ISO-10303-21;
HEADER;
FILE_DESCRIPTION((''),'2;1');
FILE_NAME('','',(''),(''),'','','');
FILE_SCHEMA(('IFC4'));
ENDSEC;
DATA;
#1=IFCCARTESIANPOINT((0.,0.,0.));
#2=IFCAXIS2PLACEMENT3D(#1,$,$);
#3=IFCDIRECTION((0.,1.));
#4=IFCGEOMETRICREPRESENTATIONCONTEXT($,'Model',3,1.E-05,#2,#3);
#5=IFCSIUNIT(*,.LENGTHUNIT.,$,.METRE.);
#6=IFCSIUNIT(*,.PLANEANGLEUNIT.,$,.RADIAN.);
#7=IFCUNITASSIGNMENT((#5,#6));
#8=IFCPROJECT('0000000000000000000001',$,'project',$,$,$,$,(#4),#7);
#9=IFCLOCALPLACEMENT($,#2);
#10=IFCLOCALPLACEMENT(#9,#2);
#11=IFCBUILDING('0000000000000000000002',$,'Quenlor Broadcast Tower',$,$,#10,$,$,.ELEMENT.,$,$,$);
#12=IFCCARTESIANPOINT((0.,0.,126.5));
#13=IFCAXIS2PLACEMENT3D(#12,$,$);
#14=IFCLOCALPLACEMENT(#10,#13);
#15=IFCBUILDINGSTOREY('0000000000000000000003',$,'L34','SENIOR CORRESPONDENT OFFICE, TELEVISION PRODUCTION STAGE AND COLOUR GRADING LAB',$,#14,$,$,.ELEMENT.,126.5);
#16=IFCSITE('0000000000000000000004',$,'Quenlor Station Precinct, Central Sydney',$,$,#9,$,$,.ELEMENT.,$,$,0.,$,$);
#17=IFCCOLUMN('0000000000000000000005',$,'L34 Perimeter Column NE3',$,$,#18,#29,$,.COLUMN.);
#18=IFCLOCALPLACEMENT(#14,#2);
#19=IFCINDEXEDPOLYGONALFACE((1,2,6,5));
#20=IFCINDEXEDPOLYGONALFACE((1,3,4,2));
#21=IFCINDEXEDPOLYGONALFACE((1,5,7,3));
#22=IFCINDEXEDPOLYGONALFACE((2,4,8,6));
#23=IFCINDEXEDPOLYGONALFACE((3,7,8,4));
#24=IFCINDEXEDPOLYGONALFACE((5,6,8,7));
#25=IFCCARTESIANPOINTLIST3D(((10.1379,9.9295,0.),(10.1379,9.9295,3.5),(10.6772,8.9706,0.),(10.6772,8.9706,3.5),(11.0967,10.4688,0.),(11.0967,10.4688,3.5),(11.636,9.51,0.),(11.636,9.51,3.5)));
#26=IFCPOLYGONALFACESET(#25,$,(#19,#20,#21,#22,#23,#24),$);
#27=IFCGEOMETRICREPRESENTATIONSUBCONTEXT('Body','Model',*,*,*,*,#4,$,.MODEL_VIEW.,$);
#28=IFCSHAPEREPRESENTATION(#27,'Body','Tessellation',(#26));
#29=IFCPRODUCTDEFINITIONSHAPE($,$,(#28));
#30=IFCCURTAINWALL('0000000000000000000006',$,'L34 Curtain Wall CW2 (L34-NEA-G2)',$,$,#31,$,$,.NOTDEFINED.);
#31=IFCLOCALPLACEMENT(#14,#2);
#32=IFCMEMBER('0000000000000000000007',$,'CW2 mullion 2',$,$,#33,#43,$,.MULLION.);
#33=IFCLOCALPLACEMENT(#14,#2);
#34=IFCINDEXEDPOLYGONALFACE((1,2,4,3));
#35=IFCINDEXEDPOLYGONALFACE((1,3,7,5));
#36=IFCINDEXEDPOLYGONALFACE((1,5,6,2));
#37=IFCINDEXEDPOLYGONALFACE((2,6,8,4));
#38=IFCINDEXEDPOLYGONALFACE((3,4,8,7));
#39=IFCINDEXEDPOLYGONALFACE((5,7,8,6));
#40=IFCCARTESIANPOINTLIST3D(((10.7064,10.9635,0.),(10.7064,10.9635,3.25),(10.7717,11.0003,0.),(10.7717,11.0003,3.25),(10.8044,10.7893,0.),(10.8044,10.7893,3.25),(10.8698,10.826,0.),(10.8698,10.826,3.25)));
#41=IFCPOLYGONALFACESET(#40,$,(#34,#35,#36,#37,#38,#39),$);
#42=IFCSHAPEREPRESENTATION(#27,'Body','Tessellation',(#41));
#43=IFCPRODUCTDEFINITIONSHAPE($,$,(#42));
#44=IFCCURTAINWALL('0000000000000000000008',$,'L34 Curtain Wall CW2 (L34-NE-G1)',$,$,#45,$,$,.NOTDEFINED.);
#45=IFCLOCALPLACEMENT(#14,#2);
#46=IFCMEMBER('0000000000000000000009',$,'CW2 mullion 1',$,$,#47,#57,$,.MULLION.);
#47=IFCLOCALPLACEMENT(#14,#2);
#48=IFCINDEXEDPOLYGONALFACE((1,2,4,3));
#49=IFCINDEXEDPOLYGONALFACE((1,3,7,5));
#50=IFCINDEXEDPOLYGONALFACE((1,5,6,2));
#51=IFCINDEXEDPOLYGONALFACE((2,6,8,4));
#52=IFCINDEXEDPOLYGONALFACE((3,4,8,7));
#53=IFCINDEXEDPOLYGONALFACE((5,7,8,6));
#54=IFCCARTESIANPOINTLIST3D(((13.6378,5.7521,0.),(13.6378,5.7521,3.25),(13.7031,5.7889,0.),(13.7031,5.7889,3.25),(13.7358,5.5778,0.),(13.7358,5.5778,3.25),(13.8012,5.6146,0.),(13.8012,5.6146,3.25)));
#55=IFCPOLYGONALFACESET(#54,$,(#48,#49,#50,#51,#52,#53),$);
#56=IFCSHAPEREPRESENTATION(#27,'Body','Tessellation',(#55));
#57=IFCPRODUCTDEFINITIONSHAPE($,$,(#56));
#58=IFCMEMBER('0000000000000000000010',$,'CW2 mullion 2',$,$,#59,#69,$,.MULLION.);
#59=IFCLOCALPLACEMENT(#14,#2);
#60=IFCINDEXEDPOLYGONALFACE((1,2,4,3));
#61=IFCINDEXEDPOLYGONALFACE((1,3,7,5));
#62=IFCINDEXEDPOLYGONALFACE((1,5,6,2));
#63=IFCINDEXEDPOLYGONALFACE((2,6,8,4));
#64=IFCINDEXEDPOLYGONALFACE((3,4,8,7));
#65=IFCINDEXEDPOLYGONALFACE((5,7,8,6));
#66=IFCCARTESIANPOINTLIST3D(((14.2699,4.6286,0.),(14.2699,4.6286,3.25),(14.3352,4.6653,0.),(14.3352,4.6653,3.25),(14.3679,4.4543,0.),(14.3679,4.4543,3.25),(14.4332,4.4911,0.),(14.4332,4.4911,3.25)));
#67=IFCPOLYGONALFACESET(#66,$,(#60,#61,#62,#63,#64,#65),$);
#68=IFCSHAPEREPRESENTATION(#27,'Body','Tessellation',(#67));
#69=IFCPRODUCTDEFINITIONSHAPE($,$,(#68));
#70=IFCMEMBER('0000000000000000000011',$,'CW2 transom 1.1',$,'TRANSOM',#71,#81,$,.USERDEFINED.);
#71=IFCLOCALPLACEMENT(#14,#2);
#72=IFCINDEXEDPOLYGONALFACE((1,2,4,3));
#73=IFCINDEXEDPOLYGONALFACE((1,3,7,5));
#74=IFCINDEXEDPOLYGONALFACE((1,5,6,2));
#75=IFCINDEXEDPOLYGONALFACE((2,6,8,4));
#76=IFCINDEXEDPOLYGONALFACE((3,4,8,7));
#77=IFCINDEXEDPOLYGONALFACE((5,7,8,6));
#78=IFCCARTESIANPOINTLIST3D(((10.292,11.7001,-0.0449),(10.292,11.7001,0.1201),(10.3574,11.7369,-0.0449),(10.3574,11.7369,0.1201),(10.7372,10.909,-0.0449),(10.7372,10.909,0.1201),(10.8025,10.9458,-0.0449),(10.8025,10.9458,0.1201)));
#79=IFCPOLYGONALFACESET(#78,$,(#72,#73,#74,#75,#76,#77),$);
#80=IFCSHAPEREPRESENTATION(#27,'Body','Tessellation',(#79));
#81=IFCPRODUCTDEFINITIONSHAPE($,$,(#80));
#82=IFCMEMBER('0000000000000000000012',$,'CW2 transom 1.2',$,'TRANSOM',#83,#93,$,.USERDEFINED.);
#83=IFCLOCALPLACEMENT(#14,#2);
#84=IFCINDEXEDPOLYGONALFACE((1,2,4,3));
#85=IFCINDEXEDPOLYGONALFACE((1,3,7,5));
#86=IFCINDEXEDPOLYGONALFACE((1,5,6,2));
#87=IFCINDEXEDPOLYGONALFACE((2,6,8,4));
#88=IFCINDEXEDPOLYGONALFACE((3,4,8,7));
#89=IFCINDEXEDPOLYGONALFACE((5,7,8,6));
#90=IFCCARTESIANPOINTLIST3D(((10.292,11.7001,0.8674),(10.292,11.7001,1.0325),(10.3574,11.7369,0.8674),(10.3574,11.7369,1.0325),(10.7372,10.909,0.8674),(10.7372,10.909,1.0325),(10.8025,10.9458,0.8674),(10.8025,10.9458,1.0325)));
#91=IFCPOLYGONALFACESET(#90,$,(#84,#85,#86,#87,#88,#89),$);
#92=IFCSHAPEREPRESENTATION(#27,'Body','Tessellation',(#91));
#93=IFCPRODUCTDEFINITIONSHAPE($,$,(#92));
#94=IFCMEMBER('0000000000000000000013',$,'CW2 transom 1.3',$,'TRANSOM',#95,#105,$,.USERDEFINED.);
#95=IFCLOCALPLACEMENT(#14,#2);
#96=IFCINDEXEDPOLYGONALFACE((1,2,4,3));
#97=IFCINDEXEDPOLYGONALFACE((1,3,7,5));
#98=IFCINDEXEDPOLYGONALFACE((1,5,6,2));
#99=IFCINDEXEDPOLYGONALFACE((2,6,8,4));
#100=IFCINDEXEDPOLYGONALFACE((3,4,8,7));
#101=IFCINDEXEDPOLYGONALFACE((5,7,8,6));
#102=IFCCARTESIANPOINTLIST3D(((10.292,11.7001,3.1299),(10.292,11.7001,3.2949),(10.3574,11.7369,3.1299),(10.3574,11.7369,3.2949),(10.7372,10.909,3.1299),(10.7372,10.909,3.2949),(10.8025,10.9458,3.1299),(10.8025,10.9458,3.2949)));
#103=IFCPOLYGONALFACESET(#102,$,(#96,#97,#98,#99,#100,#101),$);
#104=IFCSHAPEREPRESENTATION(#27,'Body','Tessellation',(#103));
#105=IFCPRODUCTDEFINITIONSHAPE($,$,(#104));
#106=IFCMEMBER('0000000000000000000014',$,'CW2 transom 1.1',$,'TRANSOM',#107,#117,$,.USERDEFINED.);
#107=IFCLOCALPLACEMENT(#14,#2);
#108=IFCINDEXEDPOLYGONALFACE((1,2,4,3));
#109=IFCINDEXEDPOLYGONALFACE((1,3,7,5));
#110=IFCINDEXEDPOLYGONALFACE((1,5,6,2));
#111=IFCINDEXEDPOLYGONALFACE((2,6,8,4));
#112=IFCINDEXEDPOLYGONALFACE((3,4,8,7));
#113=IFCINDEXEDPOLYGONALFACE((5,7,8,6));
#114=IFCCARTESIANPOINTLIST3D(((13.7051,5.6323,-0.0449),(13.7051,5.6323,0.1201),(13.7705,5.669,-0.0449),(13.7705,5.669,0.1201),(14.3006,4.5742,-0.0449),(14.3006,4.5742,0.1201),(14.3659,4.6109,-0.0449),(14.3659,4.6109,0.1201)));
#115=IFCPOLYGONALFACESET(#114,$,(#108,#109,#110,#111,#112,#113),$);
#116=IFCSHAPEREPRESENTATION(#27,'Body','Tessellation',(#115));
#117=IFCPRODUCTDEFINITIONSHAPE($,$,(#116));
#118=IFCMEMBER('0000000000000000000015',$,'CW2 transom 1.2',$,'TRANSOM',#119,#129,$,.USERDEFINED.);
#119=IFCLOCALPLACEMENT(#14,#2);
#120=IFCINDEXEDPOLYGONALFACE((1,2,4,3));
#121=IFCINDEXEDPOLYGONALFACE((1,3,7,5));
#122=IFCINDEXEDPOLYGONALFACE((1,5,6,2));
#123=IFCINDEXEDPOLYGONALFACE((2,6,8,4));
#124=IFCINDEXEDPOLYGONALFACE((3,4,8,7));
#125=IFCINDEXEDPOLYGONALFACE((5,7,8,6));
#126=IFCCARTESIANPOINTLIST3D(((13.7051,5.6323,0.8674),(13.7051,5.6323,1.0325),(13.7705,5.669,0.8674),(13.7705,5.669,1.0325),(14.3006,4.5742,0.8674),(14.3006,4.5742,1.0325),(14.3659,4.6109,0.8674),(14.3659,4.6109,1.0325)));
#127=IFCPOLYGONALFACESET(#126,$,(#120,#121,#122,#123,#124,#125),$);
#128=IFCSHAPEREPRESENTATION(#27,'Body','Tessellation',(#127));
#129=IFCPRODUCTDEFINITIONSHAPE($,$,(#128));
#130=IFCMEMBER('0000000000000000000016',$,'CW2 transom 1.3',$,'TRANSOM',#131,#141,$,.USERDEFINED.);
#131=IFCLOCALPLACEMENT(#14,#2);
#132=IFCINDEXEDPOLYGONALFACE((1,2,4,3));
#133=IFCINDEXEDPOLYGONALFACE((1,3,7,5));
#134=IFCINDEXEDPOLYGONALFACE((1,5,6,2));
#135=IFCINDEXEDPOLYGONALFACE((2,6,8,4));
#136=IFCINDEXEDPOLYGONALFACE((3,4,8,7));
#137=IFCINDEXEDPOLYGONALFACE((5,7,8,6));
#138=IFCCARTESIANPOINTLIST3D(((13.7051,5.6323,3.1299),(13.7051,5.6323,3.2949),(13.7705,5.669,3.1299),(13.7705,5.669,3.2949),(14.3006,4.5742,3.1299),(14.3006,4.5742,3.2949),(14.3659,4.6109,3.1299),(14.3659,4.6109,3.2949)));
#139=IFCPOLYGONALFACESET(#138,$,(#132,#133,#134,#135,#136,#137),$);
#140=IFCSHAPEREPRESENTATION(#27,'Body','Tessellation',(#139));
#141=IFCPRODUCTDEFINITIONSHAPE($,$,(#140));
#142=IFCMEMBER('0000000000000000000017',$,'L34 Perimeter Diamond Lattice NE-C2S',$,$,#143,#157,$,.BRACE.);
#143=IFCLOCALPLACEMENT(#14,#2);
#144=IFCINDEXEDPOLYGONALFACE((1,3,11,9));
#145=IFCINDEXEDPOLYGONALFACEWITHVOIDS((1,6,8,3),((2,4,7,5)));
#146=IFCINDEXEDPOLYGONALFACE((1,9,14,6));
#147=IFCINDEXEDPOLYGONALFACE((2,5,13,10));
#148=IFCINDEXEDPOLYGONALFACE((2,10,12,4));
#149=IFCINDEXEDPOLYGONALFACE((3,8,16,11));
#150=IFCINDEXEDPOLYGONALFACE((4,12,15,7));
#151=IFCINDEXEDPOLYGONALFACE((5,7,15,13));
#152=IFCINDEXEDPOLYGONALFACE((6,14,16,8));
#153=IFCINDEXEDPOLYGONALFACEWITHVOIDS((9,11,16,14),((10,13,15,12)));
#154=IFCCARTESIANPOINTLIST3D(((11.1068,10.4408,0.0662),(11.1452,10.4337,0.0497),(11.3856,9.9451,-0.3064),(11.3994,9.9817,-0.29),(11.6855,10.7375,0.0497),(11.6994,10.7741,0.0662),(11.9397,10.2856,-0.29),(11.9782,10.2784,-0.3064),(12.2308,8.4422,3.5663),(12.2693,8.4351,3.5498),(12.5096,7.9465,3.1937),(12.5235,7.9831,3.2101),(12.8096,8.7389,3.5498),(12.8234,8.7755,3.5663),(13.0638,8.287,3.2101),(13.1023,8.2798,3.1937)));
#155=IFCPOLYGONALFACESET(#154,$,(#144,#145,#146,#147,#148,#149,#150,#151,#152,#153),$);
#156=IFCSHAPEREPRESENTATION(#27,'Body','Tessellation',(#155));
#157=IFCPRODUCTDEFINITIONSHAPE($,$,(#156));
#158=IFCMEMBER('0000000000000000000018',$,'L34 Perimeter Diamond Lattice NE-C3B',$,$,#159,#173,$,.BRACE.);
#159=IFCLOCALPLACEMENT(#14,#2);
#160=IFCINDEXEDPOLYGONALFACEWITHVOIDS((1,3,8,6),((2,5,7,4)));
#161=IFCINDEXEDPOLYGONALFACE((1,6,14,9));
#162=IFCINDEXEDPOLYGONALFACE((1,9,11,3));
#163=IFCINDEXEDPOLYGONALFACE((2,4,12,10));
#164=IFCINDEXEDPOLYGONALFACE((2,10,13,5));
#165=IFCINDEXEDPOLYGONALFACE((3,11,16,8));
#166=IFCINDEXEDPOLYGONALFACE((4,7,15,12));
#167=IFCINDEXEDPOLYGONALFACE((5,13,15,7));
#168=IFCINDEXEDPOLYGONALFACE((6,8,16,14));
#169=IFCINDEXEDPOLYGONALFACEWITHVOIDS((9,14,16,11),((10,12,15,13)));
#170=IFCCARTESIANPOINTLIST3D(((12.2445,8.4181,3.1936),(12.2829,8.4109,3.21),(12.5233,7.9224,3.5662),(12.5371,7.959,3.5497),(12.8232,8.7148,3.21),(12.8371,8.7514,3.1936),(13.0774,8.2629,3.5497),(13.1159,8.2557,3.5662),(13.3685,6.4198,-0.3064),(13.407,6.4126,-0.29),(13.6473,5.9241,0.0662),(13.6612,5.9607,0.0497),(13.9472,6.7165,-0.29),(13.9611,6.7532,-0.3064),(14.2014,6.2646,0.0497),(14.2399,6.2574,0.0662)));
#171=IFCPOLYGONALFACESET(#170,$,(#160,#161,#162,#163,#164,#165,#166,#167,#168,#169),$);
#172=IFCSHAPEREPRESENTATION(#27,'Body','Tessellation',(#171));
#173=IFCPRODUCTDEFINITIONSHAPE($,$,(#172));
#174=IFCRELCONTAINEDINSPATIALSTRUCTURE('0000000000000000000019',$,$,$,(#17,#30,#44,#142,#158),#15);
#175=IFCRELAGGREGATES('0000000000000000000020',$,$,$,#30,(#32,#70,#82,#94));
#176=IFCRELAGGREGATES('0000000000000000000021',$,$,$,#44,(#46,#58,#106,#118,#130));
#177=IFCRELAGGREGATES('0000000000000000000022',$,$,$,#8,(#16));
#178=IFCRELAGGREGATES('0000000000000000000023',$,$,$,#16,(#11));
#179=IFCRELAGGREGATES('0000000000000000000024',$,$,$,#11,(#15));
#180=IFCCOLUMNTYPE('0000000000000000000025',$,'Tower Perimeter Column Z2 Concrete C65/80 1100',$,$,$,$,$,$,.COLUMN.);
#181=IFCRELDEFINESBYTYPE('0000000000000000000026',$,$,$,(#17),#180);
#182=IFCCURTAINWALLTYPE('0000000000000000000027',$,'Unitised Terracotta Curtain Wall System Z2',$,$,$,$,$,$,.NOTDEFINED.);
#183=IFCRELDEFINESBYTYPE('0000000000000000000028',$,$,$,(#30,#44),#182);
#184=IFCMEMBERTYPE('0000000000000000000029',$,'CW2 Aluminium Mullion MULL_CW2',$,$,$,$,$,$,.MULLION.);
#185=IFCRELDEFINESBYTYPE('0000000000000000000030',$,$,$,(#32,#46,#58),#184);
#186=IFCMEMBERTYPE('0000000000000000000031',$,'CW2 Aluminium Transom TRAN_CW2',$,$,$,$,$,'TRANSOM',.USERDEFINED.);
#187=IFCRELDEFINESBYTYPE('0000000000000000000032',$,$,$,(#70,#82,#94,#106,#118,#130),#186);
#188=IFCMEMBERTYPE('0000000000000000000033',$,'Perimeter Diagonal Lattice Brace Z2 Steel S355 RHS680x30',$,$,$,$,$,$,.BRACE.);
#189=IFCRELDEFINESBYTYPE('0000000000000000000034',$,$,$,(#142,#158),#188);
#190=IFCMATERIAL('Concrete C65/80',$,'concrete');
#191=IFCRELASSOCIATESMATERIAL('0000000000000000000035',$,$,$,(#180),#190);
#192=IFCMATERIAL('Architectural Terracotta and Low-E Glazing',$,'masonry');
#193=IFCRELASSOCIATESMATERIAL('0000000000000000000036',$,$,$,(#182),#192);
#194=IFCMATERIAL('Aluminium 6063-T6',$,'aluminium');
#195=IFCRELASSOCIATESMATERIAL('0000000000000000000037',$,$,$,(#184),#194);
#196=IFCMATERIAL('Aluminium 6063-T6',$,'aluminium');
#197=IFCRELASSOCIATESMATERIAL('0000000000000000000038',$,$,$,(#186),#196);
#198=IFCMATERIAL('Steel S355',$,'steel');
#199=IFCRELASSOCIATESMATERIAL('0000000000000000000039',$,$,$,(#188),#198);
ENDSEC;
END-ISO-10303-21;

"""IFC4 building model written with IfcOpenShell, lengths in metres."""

from ifc_helpers import new_model, si_unit, direction, frame, origin, origin_2d, place, context, subcontext, project, spatial, rectangle, hollow_rectangle, extrude, material, material_profile, profile_set, type_object, element, aggregate, save


model = new_model("IFC4")

# Units and contexts
model_context = context("Model", 3, precision=1e-05, world=origin(), true_north=direction((0.0, 1.0)))
body_context = subcontext(model_context, "Body", "Model", "MODEL_VIEW")
ifc_project = project(units=[si_unit("LENGTHUNIT", "METRE"), si_unit("PLANEANGLEUNIT", "RADIAN")], contexts=[model_context])

# Site, building, storey
site_placement = place(None, origin())
site = spatial("IfcSite", under=ifc_project, at=site_placement, Name="Quenlor Station Precinct, Central Sydney", CompositionType="ELEMENT", RefElevation=0.0)
building_placement = place(site_placement, origin())
building = spatial("IfcBuilding", under=site, at=building_placement, Name="Quenlor Broadcast Tower", CompositionType="ELEMENT")
storey_placement = place(building_placement, frame((0.0, 0.0, 126.5)))
storey = spatial("IfcBuildingStorey", under=building, at=storey_placement, Name="L34", Description="SENIOR CORRESPONDENT OFFICE, TELEVISION PRODUCTION STAGE AND COLOUR GRADING LAB", CompositionType="ELEMENT", Elevation=126.5)

# Column
ifc_material_1 = material(Name="Concrete C65/80", Category="concrete")
ifc_material_profile_1 = material_profile(ifc_material_1, rectangle(XDim=1.1001, YDim=1.1001, at=origin_2d()))
ifc_profile_set_1 = profile_set([ifc_material_profile_1], Name="Concrete C65/80 RC1100x1100")
column_type = type_object("IfcColumnType", Name="Tower Perimeter Column Z2 Concrete C65/80 1100", PredefinedType="COLUMN", material=ifc_profile_set_1)
column_placement = place(storey_placement, frame((10.887, 9.7197, 0.0), z_axis=(0.0, 0.0, 1.0), x_axis=(0.871575, 0.490262, 0.0)))
element("IfcColumn", 1, at=column_placement, inside=storey, type_object=column_type, Name="L34 Perimeter Column NE3", PredefinedType="COLUMN", context=body_context, shape_type="SweptSolid", body=[
    extrude(rectangle(XDim=1.1001, YDim=1.1001, at=origin_2d()), origin(), (0.0, 0.0, 1.0), 3.5),
])

# Curtain wall, member
ifc_material_2 = material(Name="Architectural Terracotta and Low-E Glazing", Category="masonry")
curtain_wall_type = type_object("IfcCurtainWallType", Name="Unitised Terracotta Curtain Wall System Z2", PredefinedType="NOTDEFINED", material=ifc_material_2)
curtain_wall_1_placement = place(storey_placement, origin())
curtain_wall_1 = element("IfcCurtainWall", 2, at=curtain_wall_1_placement, inside=storey, type_object=curtain_wall_type, Name="L34 Curtain Wall CW2 (L34-NEA-G2)", PredefinedType="NOTDEFINED")
ifc_material_3 = material(Name="Aluminium 6063-T6", Category="aluminium")
ifc_material_profile_2 = material_profile(ifc_material_3, rectangle(XDim=0.075, YDim=0.2, at=origin_2d()))
ifc_profile_set_2 = profile_set([ifc_material_profile_2], Name="Aluminium 6063-T6 MULL75x200")
member_type_1 = type_object("IfcMemberType", Name="CW2 Aluminium Mullion MULL_CW2", PredefinedType="MULLION", material=ifc_profile_set_2)
member_1_placement = place(storey_placement, frame((10.7881, 10.8948, 0.0), z_axis=(0.0, 0.0, 1.0), x_axis=(0.871581, 0.490252, 0.0)))
member_1 = element("IfcMember", 3, at=member_1_placement, type_object=member_type_1, Name="CW2 mullion 2", PredefinedType="MULLION", context=body_context, shape_type="SweptSolid", body=[
    extrude(rectangle(XDim=0.075, YDim=0.2, at=origin_2d()), origin(), (0.0, 0.0, 1.0), 3.25),
])

# Curtain wall, members
curtain_wall_2_placement = place(storey_placement, origin())
curtain_wall_2 = element("IfcCurtainWall", 4, at=curtain_wall_2_placement, inside=storey, type_object=curtain_wall_type, Name="L34 Curtain Wall CW2 (L34-NE-G1)", PredefinedType="NOTDEFINED")
member_2_placement = place(storey_placement, frame((13.7195, 5.6833, 0.0), z_axis=(0.0, 0.0, 1.0), x_axis=(0.871579, 0.490254, 0.0)))
member_2 = element("IfcMember", 5, at=member_2_placement, type_object=member_type_1, Name="CW2 mullion 1", PredefinedType="MULLION", context=body_context, shape_type="SweptSolid", body=[
    extrude(rectangle(XDim=0.075, YDim=0.2, at=origin_2d()), origin(), (0.0, 0.0, 1.0), 3.25),
])
member_3_placement = place(storey_placement, frame((14.3516, 4.5598, 0.0), z_axis=(0.0, 0.0, 1.0), x_axis=(0.871579, 0.490254, 0.0)))
member_3 = element("IfcMember", 6, at=member_3_placement, type_object=member_type_1, Name="CW2 mullion 2", PredefinedType="MULLION", context=body_context, shape_type="SweptSolid", body=[
    extrude(rectangle(XDim=0.075, YDim=0.2, at=origin_2d()), origin(), (0.0, 0.0, 1.0), 3.25),
])

# Members
ifc_material_4 = material(Name="Aluminium 6063-T6", Category="aluminium")
ifc_material_profile_3 = material_profile(ifc_material_4, rectangle(XDim=0.075, YDim=0.165, at=origin_2d()))
ifc_profile_set_3 = profile_set([ifc_material_profile_3], Name="Aluminium 6063-T6 TRAN75x165")
member_type_2 = type_object("IfcMemberType", Name="CW2 Aluminium Transom TRAN_CW2", ElementType="TRANSOM", PredefinedType="USERDEFINED", material=ifc_profile_set_3)
member_4_placement = place(storey_placement, frame((10.3247, 11.7185, 0.0376), z_axis=(0.490363, -0.871518, 0.0), x_axis=(0.871518, 0.490363, 0.0)))
member_4 = element("IfcMember", 7, at=member_4_placement, type_object=member_type_2, Name="CW2 transom 1.1", ObjectType="TRANSOM", PredefinedType="USERDEFINED", context=body_context, shape_type="SweptSolid", body=[
    extrude(rectangle(XDim=0.075, YDim=0.165, at=origin_2d()), origin(), (0.0, 0.0, 1.0), 0.9077),
])
member_5_placement = place(storey_placement, frame((10.3247, 11.7185, 0.95), z_axis=(0.490363, -0.871518, 0.0), x_axis=(0.871518, 0.490363, 0.0)))
member_5 = element("IfcMember", 8, at=member_5_placement, type_object=member_type_2, Name="CW2 transom 1.2", ObjectType="TRANSOM", PredefinedType="USERDEFINED", context=body_context, shape_type="SweptSolid", body=[
    extrude(rectangle(XDim=0.075, YDim=0.165, at=origin_2d()), origin(), (0.0, 0.0, 1.0), 0.9077),
])
member_6_placement = place(storey_placement, frame((10.3247, 11.7185, 3.2124), z_axis=(0.490363, -0.871518, 0.0), x_axis=(0.871518, 0.490363, 0.0)))
member_6 = element("IfcMember", 9, at=member_6_placement, type_object=member_type_2, Name="CW2 transom 1.3", ObjectType="TRANSOM", PredefinedType="USERDEFINED", context=body_context, shape_type="SweptSolid", body=[
    extrude(rectangle(XDim=0.075, YDim=0.165, at=origin_2d()), origin(), (0.0, 0.0, 1.0), 0.9077),
])
member_7_placement = place(storey_placement, frame((13.7378, 5.6506, 0.0376), z_axis=(0.490433, -0.871479, 0.0), x_axis=(0.871479, 0.490433, 0.0)))
member_7 = element("IfcMember", 10, at=member_7_placement, type_object=member_type_2, Name="CW2 transom 1.1", ObjectType="TRANSOM", PredefinedType="USERDEFINED", context=body_context, shape_type="SweptSolid", body=[
    extrude(rectangle(XDim=0.075, YDim=0.165, at=origin_2d()), origin(), (0.0, 0.0, 1.0), 1.2141),
])
member_8_placement = place(storey_placement, frame((13.7378, 5.6506, 0.95), z_axis=(0.490433, -0.871479, 0.0), x_axis=(0.871479, 0.490433, 0.0)))
member_8 = element("IfcMember", 11, at=member_8_placement, type_object=member_type_2, Name="CW2 transom 1.2", ObjectType="TRANSOM", PredefinedType="USERDEFINED", context=body_context, shape_type="SweptSolid", body=[
    extrude(rectangle(XDim=0.075, YDim=0.165, at=origin_2d()), origin(), (0.0, 0.0, 1.0), 1.2141),
])
member_9_placement = place(storey_placement, frame((13.7378, 5.6506, 3.2124), z_axis=(0.490433, -0.871479, 0.0), x_axis=(0.871479, 0.490433, 0.0)))
member_9 = element("IfcMember", 12, at=member_9_placement, type_object=member_type_2, Name="CW2 transom 1.3", ObjectType="TRANSOM", PredefinedType="USERDEFINED", context=body_context, shape_type="SweptSolid", body=[
    extrude(rectangle(XDim=0.075, YDim=0.165, at=origin_2d()), origin(), (0.0, 0.0, 1.0), 1.2141),
])

# Members
ifc_material_5 = material(Name="Steel S355", Category="steel")
ifc_material_profile_4 = material_profile(ifc_material_5, hollow_rectangle(XDim=0.6799, YDim=0.6799, WallThickness=0.03, at=origin_2d()))
ifc_profile_set_4 = profile_set([ifc_material_profile_4], Name="Steel S355 RHS680x680x30")
member_type_3 = type_object("IfcMemberType", Name="Perimeter Diagonal Lattice Brace Z2 Steel S355 RHS680x30", PredefinedType="BRACE", material=ifc_profile_set_4)
member_10_placement = place(storey_placement, frame((11.5425, 10.3596, -0.1201), z_axis=(0.268635, -0.477638, 0.836479), x_axis=(0.871604, 0.490211, 0.0)))
element("IfcMember", 13, at=member_10_placement, inside=storey, type_object=member_type_3, Name="L34 Perimeter Diamond Lattice NE-C2S", PredefinedType="BRACE", context=body_context, shape_type="SweptSolid", body=[
    extrude(hollow_rectangle(XDim=0.6799, YDim=0.6799, WallThickness=0.03, at=origin_2d()), origin(), (0.0, 0.0, 1.0), 4.1843),
])
member_11_placement = place(storey_placement, frame((13.8042, 6.3386, -0.1201), z_axis=(-0.268642, 0.477593, 0.836502), x_axis=(-0.871578, -0.490256, 0.0)))
element("IfcMember", 14, at=member_11_placement, inside=storey, type_object=member_type_3, Name="L34 Perimeter Diamond Lattice NE-C3B", PredefinedType="BRACE", context=body_context, shape_type="SweptSolid", body=[
    extrude(hollow_rectangle(XDim=0.6799, YDim=0.6799, WallThickness=0.03, at=origin_2d()), origin(), (0.0, 0.0, 1.0), 4.1841),
])

aggregate(curtain_wall_1, [member_1, member_4, member_5, member_6])
aggregate(curtain_wall_2, [member_2, member_3, member_7, member_8, member_9])

save(model, "model.ifc")
